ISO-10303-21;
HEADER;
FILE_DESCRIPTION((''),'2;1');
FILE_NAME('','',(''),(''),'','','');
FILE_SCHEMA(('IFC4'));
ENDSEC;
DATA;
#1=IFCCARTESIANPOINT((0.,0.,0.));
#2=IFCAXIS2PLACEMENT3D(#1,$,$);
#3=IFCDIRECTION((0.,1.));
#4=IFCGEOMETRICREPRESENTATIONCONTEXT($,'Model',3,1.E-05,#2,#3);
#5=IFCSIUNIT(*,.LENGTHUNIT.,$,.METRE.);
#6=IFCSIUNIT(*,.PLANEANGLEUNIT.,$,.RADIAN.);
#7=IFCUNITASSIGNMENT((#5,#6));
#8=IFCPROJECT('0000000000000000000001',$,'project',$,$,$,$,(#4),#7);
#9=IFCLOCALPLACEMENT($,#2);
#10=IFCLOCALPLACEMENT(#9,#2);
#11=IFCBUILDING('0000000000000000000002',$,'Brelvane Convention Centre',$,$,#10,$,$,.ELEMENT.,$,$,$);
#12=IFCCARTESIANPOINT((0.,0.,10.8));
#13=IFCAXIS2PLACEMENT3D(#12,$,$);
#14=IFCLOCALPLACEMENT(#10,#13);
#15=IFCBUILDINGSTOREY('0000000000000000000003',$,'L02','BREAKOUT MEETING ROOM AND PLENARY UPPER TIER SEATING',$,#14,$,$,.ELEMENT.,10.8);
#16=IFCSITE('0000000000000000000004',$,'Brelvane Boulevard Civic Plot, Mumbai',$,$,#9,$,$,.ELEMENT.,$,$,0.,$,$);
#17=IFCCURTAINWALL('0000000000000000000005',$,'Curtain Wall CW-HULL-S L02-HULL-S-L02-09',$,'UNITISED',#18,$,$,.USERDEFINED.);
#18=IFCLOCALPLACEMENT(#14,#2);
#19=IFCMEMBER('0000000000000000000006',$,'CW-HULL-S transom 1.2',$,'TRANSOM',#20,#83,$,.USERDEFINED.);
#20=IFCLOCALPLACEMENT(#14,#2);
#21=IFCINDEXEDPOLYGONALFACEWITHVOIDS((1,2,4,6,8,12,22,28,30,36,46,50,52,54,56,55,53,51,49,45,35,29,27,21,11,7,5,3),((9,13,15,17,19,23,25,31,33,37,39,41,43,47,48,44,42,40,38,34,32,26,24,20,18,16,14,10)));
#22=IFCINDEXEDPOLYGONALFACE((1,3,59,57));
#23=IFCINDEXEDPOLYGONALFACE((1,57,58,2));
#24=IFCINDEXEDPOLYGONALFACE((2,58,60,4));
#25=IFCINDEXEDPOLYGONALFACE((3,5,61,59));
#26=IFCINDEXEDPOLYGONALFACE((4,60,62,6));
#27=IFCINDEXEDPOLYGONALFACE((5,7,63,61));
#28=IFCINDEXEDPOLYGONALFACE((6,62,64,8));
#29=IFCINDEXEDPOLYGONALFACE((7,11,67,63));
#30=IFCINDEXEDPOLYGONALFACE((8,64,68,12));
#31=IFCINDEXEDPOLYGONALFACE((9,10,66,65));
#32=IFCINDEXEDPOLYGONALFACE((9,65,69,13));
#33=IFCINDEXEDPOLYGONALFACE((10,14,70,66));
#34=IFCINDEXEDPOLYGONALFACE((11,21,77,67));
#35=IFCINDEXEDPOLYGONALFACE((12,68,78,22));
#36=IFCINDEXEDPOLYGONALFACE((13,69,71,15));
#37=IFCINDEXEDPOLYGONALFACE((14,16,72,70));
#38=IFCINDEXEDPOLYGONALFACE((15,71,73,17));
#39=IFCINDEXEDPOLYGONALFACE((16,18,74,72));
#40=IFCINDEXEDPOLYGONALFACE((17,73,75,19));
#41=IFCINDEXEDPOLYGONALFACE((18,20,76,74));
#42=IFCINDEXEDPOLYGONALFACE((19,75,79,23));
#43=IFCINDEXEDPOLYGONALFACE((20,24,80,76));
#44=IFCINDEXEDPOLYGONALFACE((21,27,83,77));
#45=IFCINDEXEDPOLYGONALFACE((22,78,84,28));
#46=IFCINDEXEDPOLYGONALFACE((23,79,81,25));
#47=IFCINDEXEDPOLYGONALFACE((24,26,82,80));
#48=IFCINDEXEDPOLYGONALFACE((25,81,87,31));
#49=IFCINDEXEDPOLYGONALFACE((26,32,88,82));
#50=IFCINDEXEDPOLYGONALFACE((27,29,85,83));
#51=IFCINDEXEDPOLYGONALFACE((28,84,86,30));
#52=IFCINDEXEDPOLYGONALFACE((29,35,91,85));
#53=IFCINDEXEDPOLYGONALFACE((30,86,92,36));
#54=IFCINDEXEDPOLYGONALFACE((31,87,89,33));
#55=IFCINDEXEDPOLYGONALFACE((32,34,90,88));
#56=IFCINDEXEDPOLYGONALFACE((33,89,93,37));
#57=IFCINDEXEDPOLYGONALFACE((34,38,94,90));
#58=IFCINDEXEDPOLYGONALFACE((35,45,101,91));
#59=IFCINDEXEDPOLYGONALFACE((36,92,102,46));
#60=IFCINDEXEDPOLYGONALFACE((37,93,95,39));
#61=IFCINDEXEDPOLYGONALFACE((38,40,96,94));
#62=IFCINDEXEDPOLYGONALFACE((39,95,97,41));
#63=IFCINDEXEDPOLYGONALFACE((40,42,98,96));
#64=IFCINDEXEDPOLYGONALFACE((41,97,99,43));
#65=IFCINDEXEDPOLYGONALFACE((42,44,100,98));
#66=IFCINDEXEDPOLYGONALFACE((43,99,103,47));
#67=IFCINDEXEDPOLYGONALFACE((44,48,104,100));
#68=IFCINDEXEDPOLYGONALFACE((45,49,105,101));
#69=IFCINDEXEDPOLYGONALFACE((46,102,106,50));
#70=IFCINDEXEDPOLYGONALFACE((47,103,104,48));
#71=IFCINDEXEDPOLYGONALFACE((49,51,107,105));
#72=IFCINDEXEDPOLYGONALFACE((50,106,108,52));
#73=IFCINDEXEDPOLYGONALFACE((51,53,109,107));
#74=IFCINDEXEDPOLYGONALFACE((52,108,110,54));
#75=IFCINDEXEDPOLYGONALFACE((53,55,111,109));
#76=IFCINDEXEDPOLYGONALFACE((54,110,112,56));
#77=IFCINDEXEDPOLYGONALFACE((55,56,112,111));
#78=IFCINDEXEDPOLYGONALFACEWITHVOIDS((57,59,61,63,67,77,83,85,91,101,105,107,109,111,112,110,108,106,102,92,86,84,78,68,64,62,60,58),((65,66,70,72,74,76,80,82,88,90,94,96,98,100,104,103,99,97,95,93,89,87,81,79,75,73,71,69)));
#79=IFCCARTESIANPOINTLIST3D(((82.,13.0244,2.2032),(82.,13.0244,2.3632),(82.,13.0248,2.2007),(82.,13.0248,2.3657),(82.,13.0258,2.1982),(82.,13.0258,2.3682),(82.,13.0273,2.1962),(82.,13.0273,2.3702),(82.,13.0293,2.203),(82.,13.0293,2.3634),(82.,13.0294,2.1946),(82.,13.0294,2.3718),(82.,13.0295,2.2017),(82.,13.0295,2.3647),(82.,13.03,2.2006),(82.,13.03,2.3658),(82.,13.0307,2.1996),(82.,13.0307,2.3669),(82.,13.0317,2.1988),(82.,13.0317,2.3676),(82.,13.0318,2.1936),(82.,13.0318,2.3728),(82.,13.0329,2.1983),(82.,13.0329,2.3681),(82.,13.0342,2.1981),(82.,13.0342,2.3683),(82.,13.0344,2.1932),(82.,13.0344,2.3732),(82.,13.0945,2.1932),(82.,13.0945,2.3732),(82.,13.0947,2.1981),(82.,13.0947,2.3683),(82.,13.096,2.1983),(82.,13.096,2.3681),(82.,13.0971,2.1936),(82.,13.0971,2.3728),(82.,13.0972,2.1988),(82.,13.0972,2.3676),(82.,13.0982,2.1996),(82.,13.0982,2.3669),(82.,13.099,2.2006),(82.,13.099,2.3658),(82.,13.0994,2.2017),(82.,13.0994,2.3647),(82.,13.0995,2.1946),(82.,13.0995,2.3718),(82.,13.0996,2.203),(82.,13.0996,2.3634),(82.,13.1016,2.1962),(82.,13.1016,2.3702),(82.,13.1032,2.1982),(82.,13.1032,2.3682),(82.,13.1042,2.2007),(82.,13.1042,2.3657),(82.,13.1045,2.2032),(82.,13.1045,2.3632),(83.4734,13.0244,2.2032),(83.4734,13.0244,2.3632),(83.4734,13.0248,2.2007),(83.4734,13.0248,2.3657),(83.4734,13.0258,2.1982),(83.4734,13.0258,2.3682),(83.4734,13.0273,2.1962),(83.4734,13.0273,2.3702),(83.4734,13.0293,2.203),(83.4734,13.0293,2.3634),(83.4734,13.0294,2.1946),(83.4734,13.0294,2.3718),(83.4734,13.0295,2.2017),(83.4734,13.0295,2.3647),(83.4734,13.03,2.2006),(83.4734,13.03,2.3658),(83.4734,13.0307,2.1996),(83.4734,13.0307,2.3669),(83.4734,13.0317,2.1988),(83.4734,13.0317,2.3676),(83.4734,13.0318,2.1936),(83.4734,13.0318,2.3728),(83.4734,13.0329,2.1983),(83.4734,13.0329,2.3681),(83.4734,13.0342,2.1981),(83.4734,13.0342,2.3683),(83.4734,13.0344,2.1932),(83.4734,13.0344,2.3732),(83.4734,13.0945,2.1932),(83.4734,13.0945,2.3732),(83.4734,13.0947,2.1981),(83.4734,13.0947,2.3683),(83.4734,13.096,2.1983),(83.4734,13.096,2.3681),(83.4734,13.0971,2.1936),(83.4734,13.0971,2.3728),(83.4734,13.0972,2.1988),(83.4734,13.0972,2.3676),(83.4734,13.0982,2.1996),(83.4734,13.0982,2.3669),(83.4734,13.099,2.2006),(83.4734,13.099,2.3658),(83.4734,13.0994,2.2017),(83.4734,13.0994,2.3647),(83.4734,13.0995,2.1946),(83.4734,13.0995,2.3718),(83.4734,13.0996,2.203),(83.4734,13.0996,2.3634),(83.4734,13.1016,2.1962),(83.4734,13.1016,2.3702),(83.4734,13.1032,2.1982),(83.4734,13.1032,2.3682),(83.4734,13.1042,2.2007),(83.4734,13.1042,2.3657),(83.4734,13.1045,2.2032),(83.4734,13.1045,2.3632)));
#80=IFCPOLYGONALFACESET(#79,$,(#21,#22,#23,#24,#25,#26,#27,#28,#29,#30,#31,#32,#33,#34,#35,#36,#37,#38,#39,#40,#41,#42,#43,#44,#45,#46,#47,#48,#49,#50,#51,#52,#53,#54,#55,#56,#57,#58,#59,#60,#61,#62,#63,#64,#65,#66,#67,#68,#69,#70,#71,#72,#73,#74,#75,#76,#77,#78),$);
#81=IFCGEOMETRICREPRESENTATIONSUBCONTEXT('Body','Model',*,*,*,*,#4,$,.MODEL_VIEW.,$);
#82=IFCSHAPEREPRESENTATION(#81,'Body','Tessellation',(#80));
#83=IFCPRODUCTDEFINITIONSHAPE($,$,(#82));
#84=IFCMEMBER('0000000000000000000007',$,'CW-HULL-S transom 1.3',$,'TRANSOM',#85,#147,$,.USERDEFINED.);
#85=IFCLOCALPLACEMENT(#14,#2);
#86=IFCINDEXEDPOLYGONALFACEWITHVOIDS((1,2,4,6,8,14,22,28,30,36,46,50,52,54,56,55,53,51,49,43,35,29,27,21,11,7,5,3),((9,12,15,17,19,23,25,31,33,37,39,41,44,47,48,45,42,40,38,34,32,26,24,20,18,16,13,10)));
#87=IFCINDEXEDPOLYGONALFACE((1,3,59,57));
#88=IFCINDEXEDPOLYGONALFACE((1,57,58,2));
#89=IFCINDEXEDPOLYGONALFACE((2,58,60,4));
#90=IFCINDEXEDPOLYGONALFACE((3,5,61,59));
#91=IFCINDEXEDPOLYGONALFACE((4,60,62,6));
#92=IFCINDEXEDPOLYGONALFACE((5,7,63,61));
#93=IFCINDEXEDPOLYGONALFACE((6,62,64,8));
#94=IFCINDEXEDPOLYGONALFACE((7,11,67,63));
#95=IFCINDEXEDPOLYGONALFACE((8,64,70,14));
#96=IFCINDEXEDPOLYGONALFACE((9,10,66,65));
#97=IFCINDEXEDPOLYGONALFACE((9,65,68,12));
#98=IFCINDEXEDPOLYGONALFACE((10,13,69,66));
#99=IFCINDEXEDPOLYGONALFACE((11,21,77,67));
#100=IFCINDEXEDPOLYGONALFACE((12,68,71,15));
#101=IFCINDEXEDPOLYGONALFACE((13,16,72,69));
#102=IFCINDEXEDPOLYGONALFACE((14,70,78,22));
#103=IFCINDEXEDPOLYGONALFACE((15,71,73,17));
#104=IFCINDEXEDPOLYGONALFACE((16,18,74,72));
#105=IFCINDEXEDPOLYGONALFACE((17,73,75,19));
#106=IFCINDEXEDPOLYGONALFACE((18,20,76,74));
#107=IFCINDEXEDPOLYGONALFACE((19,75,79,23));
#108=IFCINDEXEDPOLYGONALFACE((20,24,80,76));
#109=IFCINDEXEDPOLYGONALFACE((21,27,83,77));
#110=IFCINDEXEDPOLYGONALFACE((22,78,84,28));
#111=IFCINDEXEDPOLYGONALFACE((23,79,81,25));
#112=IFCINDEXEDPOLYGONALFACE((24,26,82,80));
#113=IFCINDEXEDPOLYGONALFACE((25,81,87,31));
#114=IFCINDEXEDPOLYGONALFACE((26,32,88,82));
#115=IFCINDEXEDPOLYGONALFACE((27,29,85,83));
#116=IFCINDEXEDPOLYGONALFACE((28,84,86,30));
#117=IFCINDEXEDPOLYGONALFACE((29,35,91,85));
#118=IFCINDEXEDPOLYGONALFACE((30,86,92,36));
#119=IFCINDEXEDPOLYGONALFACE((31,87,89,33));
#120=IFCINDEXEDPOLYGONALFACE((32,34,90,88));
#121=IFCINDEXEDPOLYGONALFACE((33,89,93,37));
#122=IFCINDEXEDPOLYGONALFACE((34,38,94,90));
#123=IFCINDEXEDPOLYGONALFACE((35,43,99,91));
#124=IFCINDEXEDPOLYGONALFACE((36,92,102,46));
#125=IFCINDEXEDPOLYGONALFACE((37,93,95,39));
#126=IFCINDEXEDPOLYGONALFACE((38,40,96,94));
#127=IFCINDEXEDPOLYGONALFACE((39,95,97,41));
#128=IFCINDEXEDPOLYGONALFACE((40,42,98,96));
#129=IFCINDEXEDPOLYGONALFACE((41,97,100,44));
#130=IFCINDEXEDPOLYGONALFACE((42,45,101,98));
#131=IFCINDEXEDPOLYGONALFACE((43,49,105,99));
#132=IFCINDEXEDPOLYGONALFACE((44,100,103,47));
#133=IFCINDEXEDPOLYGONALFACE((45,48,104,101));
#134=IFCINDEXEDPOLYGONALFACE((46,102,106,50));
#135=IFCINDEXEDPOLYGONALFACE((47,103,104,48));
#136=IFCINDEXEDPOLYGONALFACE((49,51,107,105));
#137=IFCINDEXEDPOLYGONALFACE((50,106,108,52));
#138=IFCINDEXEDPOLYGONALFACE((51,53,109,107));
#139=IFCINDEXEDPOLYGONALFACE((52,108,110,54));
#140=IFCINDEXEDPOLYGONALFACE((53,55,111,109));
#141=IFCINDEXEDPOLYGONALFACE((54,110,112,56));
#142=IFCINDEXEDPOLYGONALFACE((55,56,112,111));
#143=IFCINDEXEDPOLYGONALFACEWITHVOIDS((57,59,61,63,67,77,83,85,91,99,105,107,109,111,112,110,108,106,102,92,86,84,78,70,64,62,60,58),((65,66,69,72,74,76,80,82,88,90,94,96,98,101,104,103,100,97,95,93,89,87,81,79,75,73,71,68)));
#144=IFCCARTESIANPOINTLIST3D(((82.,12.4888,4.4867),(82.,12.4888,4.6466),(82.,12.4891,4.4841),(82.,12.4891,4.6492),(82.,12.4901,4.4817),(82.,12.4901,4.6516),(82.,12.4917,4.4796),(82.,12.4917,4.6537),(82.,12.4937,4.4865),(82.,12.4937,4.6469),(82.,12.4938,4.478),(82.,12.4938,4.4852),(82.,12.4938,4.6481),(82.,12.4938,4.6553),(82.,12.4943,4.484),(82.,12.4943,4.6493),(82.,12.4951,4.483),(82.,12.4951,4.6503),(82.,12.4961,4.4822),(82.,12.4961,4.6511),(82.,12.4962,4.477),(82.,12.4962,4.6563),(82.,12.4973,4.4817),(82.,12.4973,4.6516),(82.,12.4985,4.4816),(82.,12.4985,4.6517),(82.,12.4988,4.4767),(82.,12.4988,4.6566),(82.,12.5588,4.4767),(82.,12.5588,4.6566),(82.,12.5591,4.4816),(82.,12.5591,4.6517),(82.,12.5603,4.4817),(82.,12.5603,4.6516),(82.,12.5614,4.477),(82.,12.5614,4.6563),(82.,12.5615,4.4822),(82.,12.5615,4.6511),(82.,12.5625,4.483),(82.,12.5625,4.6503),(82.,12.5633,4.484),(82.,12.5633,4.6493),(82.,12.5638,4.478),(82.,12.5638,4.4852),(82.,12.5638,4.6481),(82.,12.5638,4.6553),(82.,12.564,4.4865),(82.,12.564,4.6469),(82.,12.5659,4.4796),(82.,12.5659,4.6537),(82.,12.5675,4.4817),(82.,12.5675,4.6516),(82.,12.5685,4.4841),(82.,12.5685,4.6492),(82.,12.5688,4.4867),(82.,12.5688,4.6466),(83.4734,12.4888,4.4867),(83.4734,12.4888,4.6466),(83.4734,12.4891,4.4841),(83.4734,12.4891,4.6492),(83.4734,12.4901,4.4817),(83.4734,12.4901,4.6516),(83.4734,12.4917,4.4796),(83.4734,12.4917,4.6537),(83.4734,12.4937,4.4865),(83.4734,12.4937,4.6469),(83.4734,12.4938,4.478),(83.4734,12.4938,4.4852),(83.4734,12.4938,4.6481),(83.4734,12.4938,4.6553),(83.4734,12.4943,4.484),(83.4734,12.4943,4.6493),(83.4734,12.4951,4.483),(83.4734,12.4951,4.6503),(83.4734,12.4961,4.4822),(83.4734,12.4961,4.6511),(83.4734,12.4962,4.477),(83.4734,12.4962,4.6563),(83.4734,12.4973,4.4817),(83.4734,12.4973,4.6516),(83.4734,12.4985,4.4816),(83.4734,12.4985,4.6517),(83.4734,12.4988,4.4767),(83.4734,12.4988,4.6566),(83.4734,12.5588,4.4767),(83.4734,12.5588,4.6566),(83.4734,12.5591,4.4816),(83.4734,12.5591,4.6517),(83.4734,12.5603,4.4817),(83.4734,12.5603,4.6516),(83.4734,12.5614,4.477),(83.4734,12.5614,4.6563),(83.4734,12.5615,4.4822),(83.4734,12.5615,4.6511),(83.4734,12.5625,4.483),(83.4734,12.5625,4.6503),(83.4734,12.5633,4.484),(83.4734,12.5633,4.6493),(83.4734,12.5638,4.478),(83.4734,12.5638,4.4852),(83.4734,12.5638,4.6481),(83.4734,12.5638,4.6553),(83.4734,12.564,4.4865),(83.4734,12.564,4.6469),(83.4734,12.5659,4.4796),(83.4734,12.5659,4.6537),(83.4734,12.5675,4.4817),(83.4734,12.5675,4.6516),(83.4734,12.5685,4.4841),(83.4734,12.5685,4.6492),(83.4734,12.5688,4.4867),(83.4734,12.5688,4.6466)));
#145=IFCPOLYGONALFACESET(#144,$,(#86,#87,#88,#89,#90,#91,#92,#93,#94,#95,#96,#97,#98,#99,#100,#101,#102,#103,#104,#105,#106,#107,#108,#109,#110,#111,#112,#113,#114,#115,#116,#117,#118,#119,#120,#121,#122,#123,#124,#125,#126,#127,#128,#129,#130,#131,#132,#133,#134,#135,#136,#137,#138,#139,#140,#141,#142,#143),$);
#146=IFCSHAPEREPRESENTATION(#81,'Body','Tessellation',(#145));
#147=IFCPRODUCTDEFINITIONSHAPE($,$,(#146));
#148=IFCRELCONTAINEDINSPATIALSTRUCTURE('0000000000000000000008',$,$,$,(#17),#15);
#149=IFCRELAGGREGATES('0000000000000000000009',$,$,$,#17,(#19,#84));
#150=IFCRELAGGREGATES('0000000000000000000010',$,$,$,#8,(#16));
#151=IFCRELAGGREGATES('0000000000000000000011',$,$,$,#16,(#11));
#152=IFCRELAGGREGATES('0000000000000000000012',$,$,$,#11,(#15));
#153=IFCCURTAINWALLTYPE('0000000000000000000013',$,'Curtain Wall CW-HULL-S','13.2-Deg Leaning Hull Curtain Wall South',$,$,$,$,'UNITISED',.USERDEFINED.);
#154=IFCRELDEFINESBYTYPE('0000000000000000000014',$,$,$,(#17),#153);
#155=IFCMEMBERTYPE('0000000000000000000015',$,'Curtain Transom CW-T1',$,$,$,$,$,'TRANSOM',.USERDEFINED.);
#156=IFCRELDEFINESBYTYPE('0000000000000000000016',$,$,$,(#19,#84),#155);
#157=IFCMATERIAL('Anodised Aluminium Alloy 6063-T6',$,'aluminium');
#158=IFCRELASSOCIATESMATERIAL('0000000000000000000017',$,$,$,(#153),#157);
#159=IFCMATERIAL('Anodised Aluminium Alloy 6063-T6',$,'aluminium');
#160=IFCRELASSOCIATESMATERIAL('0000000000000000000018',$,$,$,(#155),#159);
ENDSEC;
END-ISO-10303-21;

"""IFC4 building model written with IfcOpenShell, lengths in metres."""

from ifc_helpers import new_model, si_unit, direction, frame, origin, origin_2d, place, context, subcontext, project, spatial, hollow_rectangle, extrude, material, material_profile, profile_set, type_object, element, aggregate, save


model = new_model("IFC4")

# Units and contexts
model_context = context("Model", 3, precision=1e-05, world=origin(), true_north=direction((0.0, 1.0)))
body_context = subcontext(model_context, "Body", "Model", "MODEL_VIEW")
ifc_project = project(units=[si_unit("LENGTHUNIT", "METRE"), si_unit("PLANEANGLEUNIT", "RADIAN")], contexts=[model_context])

# Site, building, storey
site_placement = place(None, origin())
site = spatial("IfcSite", under=ifc_project, at=site_placement, Name="Brelvane Boulevard Civic Plot, Mumbai", CompositionType="ELEMENT", RefElevation=0.0)
building_placement = place(site_placement, origin())
building = spatial("IfcBuilding", under=site, at=building_placement, Name="Brelvane Convention Centre", CompositionType="ELEMENT")
storey_placement = place(building_placement, frame((0.0, 0.0, 10.8)))
storey = spatial("IfcBuildingStorey", under=building, at=storey_placement, Name="L02", Description="BREAKOUT MEETING ROOM AND PLENARY UPPER TIER SEATING", CompositionType="ELEMENT", Elevation=10.8)

# Curtain wall, members
ifc_material_1 = material(Name="Anodised Aluminium Alloy 6063-T6", Category="aluminium")
curtain_wall_type = type_object("IfcCurtainWallType", Name="Curtain Wall CW-HULL-S", Description="13.2-Deg Leaning Hull Curtain Wall South", ElementType="UNITISED", PredefinedType="USERDEFINED", material=ifc_material_1)
ifc_material_2 = material(Name="Anodised Aluminium Alloy 6063-T6", Category="aluminium")
ifc_material_profile = material_profile(ifc_material_2, hollow_rectangle(XDim=0.0801, YDim=0.1799, WallThickness=0.0049, InnerFilletRadius=0.0049, OuterFilletRadius=0.01, at=origin_2d()), Name="ALU-T 180x80x5.0")
ifc_profile_set = profile_set([ifc_material_profile], Name="Anodised Aluminium Alloy 6063-T6")
member_type = type_object("IfcMemberType", Name="Curtain Transom CW-T1", ElementType="TRANSOM", PredefinedType="USERDEFINED", material=ifc_profile_set)
curtain_wall_1_placement = place(storey_placement, origin())
curtain_wall_1 = element("IfcCurtainWall", 1, at=curtain_wall_1_placement, inside=storey, type_object=curtain_wall_type, Name="Curtain Wall CW-HULL-S L02-HULL-S-L02-09", ObjectType="UNITISED", PredefinedType="USERDEFINED")
member_1_placement = place(storey_placement, frame((82.0, 13.0645, 2.2832), z_axis=(1.0, 0.0, 0.0), x_axis=(0.0, 1.0, 0.0)))
member_1 = element("IfcMember", 2, at=member_1_placement, type_object=member_type, Name="CW-HULL-S transom 1.2", ObjectType="TRANSOM", PredefinedType="USERDEFINED", context=body_context, shape_type="SweptSolid", body=[
    extrude(hollow_rectangle(XDim=0.0801, YDim=0.1799, WallThickness=0.0049, InnerFilletRadius=0.0049, OuterFilletRadius=0.01, at=origin_2d()), origin(), (0.0, 0.0, 1.0), 1.4734),
])
member_2_placement = place(storey_placement, frame((82.0, 12.5288, 4.5667), z_axis=(1.0, 0.0, 0.0), x_axis=(0.0, 1.0, 0.0)))
member_2 = element("IfcMember", 3, at=member_2_placement, type_object=member_type, Name="CW-HULL-S transom 1.3", ObjectType="TRANSOM", PredefinedType="USERDEFINED", context=body_context, shape_type="SweptSolid", body=[
    extrude(hollow_rectangle(XDim=0.0801, YDim=0.1799, WallThickness=0.0049, InnerFilletRadius=0.0049, OuterFilletRadius=0.01, at=origin_2d()), origin(), (0.0, 0.0, 1.0), 1.4734),
])

aggregate(curtain_wall_1, [member_1, member_2])

save(model, "model.ifc")
